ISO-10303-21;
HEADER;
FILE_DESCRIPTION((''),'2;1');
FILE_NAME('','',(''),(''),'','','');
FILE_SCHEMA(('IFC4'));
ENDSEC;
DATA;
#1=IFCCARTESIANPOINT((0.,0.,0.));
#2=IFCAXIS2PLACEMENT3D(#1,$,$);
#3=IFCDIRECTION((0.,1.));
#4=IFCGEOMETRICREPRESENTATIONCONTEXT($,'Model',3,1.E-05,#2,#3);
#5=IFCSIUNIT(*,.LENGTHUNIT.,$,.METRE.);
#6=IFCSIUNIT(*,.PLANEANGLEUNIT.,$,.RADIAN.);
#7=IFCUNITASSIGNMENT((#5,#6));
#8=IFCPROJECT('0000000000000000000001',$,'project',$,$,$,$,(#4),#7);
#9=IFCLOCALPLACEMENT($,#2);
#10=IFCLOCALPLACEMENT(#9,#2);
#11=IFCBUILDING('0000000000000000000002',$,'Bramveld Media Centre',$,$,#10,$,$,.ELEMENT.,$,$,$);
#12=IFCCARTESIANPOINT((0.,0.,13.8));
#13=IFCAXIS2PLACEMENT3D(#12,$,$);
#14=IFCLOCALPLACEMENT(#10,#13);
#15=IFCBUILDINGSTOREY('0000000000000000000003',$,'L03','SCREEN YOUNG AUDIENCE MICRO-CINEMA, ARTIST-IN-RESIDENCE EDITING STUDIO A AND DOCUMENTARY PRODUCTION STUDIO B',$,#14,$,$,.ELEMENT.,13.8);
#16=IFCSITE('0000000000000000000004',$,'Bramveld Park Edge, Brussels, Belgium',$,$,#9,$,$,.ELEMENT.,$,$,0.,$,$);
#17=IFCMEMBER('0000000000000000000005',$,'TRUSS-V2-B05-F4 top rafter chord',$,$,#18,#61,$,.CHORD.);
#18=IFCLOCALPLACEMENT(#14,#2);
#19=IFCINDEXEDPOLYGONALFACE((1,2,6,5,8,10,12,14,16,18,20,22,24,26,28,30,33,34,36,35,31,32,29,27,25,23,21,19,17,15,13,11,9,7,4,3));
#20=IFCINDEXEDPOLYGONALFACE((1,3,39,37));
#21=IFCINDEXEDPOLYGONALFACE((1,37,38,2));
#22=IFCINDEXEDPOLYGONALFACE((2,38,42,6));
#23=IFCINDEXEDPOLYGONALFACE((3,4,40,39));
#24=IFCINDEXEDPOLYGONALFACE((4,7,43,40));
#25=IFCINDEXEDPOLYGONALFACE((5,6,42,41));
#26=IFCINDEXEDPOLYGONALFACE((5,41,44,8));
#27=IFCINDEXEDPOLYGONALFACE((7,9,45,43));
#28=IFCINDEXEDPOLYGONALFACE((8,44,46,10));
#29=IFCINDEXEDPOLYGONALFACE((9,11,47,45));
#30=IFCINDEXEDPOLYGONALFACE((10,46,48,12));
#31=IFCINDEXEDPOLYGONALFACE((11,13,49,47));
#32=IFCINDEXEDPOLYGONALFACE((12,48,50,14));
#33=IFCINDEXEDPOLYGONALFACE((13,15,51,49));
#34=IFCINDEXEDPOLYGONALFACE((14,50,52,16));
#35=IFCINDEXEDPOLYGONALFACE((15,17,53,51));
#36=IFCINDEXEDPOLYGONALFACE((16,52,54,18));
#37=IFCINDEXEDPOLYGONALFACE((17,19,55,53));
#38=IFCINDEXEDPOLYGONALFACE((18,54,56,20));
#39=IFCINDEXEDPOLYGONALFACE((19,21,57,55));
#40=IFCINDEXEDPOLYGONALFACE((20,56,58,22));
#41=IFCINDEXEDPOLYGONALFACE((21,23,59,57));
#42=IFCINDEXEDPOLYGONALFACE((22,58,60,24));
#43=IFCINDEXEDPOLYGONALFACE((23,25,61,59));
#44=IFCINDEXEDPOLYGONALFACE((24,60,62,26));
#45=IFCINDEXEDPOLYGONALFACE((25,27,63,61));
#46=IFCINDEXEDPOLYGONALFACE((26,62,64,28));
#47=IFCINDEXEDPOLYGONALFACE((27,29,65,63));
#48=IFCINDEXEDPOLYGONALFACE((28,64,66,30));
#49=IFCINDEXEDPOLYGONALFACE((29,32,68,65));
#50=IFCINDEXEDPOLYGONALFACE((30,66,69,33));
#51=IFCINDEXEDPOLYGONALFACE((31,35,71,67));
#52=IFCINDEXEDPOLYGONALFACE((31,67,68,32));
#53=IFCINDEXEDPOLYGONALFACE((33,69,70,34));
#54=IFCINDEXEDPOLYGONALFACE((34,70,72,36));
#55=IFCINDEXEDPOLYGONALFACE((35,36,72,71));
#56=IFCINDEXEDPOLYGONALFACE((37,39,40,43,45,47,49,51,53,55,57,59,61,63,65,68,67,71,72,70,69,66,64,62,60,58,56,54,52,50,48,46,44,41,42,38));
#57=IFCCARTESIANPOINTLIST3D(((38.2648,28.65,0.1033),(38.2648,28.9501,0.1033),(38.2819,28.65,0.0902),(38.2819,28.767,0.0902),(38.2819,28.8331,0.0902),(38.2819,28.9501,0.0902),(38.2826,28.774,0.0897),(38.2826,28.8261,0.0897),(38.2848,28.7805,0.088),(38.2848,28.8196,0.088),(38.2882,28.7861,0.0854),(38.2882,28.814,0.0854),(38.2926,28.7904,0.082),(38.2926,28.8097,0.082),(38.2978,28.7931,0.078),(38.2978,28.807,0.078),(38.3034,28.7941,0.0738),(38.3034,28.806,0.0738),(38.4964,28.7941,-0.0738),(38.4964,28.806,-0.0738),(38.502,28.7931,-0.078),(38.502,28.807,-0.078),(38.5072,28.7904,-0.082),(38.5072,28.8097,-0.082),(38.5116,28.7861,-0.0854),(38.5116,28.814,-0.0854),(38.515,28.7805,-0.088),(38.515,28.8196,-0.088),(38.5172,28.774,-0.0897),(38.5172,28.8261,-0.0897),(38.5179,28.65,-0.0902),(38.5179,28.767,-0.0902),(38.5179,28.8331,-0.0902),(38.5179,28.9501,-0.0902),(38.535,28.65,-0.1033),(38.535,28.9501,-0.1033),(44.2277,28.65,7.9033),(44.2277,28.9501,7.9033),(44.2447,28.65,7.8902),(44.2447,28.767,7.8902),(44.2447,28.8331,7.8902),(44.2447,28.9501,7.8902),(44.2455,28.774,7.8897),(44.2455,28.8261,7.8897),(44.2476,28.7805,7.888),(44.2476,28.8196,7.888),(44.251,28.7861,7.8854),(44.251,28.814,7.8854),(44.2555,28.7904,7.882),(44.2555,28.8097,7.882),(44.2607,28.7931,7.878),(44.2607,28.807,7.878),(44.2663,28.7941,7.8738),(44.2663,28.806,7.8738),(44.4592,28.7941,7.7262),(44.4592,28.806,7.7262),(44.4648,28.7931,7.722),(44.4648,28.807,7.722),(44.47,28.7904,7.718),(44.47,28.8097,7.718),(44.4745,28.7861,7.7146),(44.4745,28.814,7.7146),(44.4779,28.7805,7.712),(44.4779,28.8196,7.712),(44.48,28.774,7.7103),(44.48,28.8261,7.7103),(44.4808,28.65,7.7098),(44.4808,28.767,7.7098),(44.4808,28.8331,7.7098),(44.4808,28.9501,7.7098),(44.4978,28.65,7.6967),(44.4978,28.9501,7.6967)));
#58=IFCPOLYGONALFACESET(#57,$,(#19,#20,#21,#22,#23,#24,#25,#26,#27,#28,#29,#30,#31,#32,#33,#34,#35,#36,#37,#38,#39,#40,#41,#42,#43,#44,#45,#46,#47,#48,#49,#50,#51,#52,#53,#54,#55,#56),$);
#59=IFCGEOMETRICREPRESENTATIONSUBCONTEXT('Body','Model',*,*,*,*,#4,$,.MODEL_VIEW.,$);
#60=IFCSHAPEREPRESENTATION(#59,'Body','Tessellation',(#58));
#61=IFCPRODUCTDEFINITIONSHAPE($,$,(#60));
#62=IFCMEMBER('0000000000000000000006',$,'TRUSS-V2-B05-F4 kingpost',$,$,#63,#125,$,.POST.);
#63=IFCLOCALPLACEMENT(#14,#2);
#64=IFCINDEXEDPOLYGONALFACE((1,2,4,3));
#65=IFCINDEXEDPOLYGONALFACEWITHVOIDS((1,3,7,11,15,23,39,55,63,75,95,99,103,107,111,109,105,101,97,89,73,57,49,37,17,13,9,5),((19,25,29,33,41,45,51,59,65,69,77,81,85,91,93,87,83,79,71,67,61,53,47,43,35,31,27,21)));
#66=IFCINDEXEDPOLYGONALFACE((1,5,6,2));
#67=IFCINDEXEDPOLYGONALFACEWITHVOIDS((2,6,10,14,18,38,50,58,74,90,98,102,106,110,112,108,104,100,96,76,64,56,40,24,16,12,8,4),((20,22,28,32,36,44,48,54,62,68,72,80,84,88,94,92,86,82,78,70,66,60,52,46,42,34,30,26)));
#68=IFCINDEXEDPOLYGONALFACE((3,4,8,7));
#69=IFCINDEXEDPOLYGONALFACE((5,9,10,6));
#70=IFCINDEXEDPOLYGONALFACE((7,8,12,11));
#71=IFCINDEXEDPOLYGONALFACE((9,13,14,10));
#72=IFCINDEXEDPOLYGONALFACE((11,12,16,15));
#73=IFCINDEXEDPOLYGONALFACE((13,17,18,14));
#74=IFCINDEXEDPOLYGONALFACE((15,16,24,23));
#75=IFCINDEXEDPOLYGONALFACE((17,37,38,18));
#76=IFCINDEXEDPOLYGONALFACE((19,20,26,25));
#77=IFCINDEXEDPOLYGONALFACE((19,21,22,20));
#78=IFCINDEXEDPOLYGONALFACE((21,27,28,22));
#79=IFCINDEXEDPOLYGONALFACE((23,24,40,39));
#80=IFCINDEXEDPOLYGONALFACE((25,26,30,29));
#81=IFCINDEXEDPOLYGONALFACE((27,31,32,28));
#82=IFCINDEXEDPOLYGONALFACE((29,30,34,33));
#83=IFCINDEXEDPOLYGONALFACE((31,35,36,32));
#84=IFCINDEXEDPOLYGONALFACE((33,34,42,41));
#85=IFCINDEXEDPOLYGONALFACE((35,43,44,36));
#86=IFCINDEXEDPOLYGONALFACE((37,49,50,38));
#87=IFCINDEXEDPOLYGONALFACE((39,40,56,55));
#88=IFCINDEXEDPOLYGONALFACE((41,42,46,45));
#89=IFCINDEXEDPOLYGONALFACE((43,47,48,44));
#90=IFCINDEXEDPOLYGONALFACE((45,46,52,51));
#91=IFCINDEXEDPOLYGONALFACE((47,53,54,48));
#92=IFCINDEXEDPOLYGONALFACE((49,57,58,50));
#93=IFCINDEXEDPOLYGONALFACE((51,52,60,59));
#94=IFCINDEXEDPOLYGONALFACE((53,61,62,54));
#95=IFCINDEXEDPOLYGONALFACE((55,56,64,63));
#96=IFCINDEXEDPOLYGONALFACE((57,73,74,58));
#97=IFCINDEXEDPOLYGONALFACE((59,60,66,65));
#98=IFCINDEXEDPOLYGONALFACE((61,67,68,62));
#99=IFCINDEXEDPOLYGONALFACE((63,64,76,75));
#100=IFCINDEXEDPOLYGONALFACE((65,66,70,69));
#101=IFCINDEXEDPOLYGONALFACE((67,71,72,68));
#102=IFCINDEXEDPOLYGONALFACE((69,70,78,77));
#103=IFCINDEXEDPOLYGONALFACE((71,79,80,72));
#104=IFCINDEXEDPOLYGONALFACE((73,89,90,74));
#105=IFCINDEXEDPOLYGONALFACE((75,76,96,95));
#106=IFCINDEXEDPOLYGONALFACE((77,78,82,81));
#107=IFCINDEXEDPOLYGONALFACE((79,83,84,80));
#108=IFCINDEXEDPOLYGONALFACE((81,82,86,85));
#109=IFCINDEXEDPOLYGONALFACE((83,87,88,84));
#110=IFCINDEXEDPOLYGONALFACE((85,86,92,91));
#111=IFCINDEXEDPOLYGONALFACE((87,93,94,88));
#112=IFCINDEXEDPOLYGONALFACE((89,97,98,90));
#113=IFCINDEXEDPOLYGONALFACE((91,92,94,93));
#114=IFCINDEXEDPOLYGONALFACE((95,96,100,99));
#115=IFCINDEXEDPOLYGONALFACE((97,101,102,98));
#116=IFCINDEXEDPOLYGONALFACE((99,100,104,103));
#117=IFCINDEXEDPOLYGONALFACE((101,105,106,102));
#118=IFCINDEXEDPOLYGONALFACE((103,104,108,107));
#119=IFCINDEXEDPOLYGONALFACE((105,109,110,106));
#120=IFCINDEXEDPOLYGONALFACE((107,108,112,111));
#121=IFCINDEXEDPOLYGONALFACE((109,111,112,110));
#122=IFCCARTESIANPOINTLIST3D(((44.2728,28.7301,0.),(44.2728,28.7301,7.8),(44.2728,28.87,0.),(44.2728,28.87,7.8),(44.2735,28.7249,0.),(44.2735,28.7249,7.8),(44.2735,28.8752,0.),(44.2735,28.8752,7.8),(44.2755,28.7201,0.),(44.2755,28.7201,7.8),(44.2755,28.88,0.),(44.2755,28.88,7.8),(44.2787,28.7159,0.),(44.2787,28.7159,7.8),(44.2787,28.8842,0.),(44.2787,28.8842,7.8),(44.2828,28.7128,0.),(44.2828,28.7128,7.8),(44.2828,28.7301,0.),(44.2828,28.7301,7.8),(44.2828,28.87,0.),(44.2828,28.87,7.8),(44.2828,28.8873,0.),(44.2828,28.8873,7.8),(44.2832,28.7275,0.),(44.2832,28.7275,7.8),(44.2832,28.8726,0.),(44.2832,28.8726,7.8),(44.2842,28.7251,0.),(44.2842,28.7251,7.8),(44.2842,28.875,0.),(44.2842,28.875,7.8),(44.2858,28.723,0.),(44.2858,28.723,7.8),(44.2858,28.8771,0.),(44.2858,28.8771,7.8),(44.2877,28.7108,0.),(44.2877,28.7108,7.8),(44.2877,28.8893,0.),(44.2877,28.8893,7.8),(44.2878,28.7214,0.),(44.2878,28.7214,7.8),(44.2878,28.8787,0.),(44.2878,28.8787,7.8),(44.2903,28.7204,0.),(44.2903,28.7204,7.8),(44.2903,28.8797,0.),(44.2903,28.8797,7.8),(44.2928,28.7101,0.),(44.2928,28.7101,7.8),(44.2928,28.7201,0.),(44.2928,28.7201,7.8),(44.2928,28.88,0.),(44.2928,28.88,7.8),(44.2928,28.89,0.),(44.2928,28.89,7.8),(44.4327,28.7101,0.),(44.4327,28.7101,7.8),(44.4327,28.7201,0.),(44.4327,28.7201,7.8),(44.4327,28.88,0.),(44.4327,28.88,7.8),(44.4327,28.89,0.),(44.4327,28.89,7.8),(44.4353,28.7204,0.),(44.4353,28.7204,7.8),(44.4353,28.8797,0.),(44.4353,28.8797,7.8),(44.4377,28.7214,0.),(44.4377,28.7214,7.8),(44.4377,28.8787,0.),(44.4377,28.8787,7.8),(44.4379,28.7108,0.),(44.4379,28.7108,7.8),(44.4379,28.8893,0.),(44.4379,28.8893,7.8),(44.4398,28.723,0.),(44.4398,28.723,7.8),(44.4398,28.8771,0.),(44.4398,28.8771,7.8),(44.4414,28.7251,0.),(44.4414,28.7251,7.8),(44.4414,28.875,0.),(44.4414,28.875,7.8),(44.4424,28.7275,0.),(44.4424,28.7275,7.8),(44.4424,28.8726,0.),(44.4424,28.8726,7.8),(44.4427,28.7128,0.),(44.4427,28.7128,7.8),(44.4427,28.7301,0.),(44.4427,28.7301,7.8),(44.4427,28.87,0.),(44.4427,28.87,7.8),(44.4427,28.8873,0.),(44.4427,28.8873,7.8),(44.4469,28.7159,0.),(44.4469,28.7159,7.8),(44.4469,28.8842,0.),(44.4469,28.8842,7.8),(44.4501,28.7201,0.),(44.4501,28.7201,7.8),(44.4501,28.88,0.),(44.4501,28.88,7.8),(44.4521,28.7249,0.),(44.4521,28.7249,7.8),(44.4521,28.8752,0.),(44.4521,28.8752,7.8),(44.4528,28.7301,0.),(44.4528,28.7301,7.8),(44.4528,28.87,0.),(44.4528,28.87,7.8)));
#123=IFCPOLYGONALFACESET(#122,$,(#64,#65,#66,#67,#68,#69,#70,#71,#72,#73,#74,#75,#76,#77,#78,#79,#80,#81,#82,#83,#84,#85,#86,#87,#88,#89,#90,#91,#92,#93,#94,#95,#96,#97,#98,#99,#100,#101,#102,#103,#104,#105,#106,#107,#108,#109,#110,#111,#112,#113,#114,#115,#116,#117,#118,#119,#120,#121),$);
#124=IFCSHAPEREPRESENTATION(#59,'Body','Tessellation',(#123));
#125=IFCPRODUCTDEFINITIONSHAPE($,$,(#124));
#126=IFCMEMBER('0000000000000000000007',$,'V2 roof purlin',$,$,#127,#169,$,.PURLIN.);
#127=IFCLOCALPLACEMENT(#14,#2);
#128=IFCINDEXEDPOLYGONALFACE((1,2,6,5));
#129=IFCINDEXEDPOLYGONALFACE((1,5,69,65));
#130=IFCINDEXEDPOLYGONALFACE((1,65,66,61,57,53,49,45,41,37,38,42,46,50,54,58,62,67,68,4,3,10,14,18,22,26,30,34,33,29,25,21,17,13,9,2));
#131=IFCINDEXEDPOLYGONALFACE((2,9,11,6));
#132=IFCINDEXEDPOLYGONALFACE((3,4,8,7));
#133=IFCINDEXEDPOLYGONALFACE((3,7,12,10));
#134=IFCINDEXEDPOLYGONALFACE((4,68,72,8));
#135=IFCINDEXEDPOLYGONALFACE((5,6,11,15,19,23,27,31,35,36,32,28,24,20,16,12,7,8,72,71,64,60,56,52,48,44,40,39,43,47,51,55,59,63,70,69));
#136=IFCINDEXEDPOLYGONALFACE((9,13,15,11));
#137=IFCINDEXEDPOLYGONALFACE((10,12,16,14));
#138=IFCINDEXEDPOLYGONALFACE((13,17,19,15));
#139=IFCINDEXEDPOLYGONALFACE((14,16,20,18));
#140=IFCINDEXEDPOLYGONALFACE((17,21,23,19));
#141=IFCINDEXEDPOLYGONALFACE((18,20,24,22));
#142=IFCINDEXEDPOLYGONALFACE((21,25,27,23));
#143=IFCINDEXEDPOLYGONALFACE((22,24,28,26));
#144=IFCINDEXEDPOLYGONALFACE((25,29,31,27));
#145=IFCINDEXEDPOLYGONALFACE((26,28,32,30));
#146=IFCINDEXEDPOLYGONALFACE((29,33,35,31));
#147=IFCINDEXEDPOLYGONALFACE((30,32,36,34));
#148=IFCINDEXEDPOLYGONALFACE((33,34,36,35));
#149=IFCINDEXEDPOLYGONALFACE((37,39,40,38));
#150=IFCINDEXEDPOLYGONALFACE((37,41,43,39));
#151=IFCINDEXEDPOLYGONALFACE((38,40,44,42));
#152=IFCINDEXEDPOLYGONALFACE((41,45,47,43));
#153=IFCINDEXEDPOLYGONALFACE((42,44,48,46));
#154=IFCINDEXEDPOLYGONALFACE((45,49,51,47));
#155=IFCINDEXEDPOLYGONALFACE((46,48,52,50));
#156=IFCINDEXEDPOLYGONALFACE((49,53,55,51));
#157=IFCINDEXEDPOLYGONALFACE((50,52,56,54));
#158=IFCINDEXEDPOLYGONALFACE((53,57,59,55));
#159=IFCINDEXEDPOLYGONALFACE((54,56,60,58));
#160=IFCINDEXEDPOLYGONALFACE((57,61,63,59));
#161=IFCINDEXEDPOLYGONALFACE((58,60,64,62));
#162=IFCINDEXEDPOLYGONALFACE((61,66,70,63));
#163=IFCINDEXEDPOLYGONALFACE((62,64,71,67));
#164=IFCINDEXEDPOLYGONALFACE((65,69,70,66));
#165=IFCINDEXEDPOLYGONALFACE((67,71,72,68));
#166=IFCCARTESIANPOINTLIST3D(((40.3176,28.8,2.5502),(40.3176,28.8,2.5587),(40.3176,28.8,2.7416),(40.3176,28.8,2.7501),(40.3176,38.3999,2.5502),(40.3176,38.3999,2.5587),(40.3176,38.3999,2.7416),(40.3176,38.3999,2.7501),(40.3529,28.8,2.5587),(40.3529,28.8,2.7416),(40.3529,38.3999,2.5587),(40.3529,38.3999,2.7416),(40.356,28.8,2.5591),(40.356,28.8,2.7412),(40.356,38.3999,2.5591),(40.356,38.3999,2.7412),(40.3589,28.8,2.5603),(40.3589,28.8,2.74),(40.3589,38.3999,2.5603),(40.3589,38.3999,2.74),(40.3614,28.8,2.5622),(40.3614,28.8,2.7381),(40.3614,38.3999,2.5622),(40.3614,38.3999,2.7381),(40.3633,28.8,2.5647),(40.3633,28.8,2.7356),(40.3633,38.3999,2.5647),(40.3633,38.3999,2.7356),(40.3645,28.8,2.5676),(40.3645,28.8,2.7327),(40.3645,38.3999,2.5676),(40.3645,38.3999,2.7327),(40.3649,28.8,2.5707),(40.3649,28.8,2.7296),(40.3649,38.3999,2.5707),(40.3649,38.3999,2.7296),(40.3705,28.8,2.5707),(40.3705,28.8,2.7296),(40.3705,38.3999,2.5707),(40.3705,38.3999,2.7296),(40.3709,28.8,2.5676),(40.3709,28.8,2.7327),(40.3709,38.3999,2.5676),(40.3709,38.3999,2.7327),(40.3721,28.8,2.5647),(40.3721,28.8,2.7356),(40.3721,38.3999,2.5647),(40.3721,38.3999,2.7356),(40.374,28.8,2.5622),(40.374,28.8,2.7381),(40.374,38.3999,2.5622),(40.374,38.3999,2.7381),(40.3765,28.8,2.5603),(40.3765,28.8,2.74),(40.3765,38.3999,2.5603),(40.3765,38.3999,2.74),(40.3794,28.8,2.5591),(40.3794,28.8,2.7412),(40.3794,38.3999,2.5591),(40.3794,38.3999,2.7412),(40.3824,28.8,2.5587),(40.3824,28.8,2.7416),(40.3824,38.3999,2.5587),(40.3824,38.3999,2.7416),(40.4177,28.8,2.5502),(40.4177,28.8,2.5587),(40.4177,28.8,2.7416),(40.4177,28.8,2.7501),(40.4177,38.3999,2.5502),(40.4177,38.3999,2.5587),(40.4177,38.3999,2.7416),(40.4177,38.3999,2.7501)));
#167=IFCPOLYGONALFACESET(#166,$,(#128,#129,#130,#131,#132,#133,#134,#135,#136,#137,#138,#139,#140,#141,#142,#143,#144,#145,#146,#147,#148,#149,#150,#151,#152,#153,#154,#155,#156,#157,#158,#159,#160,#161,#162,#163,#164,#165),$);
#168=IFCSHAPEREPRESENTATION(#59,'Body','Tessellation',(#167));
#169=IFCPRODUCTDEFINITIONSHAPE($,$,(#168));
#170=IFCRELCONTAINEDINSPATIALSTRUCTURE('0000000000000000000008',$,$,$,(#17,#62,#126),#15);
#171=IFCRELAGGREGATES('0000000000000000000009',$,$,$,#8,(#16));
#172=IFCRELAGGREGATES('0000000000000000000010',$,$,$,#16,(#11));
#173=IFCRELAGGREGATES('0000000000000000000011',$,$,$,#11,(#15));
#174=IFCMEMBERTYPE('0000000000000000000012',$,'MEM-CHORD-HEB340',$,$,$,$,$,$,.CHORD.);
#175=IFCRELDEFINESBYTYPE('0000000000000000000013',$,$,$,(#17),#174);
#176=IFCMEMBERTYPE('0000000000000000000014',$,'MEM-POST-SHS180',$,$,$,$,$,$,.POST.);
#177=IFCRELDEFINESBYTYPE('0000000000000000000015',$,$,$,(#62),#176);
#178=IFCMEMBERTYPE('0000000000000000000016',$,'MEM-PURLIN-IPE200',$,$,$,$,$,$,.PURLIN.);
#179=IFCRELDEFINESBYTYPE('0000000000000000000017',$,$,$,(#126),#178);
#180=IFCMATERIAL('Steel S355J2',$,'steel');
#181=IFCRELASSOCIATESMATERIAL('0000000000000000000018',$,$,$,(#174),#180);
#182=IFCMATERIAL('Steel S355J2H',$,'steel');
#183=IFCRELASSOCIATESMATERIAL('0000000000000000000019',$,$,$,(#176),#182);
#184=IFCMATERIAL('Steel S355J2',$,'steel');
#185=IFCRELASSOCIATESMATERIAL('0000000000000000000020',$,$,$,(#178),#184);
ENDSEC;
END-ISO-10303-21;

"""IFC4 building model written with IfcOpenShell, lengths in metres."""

from ifc_helpers import new_model, si_unit, direction, frame, origin, origin_2d, place, context, subcontext, project, spatial, hollow_rectangle, i_section, extrude, material, material_profile, profile_set, type_object, element, save


model = new_model("IFC4")

# Units and contexts
model_context = context("Model", 3, precision=1e-05, world=origin(), true_north=direction((0.0, 1.0)))
body_context = subcontext(model_context, "Body", "Model", "MODEL_VIEW")
ifc_project = project(units=[si_unit("LENGTHUNIT", "METRE"), si_unit("PLANEANGLEUNIT", "RADIAN")], contexts=[model_context])

# Site, building, storey
site_placement = place(None, origin())
site = spatial("IfcSite", under=ifc_project, at=site_placement, Name="Bramveld Park Edge, Brussels, Belgium", CompositionType="ELEMENT", RefElevation=0.0)
building_placement = place(site_placement, origin())
building = spatial("IfcBuilding", under=site, at=building_placement, Name="Bramveld Media Centre", CompositionType="ELEMENT")
storey_placement = place(building_placement, frame((0.0, 0.0, 13.8)))
storey = spatial("IfcBuildingStorey", under=building, at=storey_placement, Name="L03", Description="SCREEN YOUNG AUDIENCE MICRO-CINEMA, ARTIST-IN-RESIDENCE EDITING STUDIO A AND DOCUMENTARY PRODUCTION STUDIO B", CompositionType="ELEMENT", Elevation=13.8)

# Members
ifc_material_1 = material(Name="Steel S355J2", Category="steel")
ifc_material_profile_1 = material_profile(ifc_material_1, i_section(OverallWidth=0.3, OverallDepth=0.3401, WebThickness=0.012, FlangeThickness=0.0215, FilletRadius=0.0271, at=origin_2d()), Name="HEB 340")
ifc_profile_set_1 = profile_set([ifc_material_profile_1], Name="Steel S355J2")
member_type_1 = type_object("IfcMemberType", Name="MEM-CHORD-HEB340", PredefinedType="CHORD", material=ifc_profile_set_1)
member_1_placement = place(storey_placement, frame((38.3999, 28.8, 0.0), z_axis=(0.607331, 0.0, 0.794449), x_axis=(0.0, 1.0, 0.0)))
element("IfcMember", 1, at=member_1_placement, inside=storey, type_object=member_type_1, Name="TRUSS-V2-B05-F4 top rafter chord", PredefinedType="CHORD", context=body_context, shape_type="SweptSolid", body=[
    extrude(i_section(OverallWidth=0.3, OverallDepth=0.3401, WebThickness=0.012, FlangeThickness=0.0215, FilletRadius=0.0271, at=origin_2d()), origin(), (0.0, 0.0, 1.0), 9.8181),
])
ifc_material_2 = material(Name="Steel S355J2H", Category="steel")
ifc_material_profile_2 = material_profile(ifc_material_2, hollow_rectangle(XDim=0.1799, YDim=0.1799, WallThickness=0.01, InnerFilletRadius=0.01, OuterFilletRadius=0.02, at=origin_2d()), Name="SHS 180x180x10")
ifc_profile_set_2 = profile_set([ifc_material_profile_2], Name="Steel S355J2H")
member_type_2 = type_object("IfcMemberType", Name="MEM-POST-SHS180", PredefinedType="POST", material=ifc_profile_set_2)
member_2_placement = place(storey_placement, frame((44.3628, 28.8, 0.0), z_axis=(0.0, 0.0, 1.0), x_axis=(1.0, 0.0, 0.0)))
element("IfcMember", 2, at=member_2_placement, inside=storey, type_object=member_type_2, Name="TRUSS-V2-B05-F4 kingpost", PredefinedType="POST", context=body_context, shape_type="SweptSolid", body=[
    extrude(hollow_rectangle(XDim=0.1799, YDim=0.1799, WallThickness=0.01, InnerFilletRadius=0.01, OuterFilletRadius=0.02, at=origin_2d()), origin(), (0.0, 0.0, 1.0), 7.8),
])
ifc_material_3 = material(Name="Steel S355J2", Category="steel")
ifc_material_profile_3 = material_profile(ifc_material_3, i_section(OverallWidth=0.1001, OverallDepth=0.2, WebThickness=0.0056, FlangeThickness=0.0085, FilletRadius=0.012, at=origin_2d()), Name="IPE 200")
ifc_profile_set_3 = profile_set([ifc_material_profile_3], Name="Steel S355J2")
member_type_3 = type_object("IfcMemberType", Name="MEM-PURLIN-IPE200", PredefinedType="PURLIN", material=ifc_profile_set_3)
member_3_placement = place(storey_placement, frame((40.3677, 28.8, 2.6501), z_axis=(0.0, 1.0, 0.0), x_axis=(-1.0, 0.0, 0.0)))
element("IfcMember", 3, at=member_3_placement, inside=storey, type_object=member_type_3, Name="V2 roof purlin", PredefinedType="PURLIN", context=body_context, shape_type="SweptSolid", body=[
    extrude(i_section(OverallWidth=0.1001, OverallDepth=0.2, WebThickness=0.0056, FlangeThickness=0.0085, FilletRadius=0.012, at=origin_2d()), origin(), (0.0, 0.0, 1.0), 9.5999),
])

save(model, "model.ifc")
